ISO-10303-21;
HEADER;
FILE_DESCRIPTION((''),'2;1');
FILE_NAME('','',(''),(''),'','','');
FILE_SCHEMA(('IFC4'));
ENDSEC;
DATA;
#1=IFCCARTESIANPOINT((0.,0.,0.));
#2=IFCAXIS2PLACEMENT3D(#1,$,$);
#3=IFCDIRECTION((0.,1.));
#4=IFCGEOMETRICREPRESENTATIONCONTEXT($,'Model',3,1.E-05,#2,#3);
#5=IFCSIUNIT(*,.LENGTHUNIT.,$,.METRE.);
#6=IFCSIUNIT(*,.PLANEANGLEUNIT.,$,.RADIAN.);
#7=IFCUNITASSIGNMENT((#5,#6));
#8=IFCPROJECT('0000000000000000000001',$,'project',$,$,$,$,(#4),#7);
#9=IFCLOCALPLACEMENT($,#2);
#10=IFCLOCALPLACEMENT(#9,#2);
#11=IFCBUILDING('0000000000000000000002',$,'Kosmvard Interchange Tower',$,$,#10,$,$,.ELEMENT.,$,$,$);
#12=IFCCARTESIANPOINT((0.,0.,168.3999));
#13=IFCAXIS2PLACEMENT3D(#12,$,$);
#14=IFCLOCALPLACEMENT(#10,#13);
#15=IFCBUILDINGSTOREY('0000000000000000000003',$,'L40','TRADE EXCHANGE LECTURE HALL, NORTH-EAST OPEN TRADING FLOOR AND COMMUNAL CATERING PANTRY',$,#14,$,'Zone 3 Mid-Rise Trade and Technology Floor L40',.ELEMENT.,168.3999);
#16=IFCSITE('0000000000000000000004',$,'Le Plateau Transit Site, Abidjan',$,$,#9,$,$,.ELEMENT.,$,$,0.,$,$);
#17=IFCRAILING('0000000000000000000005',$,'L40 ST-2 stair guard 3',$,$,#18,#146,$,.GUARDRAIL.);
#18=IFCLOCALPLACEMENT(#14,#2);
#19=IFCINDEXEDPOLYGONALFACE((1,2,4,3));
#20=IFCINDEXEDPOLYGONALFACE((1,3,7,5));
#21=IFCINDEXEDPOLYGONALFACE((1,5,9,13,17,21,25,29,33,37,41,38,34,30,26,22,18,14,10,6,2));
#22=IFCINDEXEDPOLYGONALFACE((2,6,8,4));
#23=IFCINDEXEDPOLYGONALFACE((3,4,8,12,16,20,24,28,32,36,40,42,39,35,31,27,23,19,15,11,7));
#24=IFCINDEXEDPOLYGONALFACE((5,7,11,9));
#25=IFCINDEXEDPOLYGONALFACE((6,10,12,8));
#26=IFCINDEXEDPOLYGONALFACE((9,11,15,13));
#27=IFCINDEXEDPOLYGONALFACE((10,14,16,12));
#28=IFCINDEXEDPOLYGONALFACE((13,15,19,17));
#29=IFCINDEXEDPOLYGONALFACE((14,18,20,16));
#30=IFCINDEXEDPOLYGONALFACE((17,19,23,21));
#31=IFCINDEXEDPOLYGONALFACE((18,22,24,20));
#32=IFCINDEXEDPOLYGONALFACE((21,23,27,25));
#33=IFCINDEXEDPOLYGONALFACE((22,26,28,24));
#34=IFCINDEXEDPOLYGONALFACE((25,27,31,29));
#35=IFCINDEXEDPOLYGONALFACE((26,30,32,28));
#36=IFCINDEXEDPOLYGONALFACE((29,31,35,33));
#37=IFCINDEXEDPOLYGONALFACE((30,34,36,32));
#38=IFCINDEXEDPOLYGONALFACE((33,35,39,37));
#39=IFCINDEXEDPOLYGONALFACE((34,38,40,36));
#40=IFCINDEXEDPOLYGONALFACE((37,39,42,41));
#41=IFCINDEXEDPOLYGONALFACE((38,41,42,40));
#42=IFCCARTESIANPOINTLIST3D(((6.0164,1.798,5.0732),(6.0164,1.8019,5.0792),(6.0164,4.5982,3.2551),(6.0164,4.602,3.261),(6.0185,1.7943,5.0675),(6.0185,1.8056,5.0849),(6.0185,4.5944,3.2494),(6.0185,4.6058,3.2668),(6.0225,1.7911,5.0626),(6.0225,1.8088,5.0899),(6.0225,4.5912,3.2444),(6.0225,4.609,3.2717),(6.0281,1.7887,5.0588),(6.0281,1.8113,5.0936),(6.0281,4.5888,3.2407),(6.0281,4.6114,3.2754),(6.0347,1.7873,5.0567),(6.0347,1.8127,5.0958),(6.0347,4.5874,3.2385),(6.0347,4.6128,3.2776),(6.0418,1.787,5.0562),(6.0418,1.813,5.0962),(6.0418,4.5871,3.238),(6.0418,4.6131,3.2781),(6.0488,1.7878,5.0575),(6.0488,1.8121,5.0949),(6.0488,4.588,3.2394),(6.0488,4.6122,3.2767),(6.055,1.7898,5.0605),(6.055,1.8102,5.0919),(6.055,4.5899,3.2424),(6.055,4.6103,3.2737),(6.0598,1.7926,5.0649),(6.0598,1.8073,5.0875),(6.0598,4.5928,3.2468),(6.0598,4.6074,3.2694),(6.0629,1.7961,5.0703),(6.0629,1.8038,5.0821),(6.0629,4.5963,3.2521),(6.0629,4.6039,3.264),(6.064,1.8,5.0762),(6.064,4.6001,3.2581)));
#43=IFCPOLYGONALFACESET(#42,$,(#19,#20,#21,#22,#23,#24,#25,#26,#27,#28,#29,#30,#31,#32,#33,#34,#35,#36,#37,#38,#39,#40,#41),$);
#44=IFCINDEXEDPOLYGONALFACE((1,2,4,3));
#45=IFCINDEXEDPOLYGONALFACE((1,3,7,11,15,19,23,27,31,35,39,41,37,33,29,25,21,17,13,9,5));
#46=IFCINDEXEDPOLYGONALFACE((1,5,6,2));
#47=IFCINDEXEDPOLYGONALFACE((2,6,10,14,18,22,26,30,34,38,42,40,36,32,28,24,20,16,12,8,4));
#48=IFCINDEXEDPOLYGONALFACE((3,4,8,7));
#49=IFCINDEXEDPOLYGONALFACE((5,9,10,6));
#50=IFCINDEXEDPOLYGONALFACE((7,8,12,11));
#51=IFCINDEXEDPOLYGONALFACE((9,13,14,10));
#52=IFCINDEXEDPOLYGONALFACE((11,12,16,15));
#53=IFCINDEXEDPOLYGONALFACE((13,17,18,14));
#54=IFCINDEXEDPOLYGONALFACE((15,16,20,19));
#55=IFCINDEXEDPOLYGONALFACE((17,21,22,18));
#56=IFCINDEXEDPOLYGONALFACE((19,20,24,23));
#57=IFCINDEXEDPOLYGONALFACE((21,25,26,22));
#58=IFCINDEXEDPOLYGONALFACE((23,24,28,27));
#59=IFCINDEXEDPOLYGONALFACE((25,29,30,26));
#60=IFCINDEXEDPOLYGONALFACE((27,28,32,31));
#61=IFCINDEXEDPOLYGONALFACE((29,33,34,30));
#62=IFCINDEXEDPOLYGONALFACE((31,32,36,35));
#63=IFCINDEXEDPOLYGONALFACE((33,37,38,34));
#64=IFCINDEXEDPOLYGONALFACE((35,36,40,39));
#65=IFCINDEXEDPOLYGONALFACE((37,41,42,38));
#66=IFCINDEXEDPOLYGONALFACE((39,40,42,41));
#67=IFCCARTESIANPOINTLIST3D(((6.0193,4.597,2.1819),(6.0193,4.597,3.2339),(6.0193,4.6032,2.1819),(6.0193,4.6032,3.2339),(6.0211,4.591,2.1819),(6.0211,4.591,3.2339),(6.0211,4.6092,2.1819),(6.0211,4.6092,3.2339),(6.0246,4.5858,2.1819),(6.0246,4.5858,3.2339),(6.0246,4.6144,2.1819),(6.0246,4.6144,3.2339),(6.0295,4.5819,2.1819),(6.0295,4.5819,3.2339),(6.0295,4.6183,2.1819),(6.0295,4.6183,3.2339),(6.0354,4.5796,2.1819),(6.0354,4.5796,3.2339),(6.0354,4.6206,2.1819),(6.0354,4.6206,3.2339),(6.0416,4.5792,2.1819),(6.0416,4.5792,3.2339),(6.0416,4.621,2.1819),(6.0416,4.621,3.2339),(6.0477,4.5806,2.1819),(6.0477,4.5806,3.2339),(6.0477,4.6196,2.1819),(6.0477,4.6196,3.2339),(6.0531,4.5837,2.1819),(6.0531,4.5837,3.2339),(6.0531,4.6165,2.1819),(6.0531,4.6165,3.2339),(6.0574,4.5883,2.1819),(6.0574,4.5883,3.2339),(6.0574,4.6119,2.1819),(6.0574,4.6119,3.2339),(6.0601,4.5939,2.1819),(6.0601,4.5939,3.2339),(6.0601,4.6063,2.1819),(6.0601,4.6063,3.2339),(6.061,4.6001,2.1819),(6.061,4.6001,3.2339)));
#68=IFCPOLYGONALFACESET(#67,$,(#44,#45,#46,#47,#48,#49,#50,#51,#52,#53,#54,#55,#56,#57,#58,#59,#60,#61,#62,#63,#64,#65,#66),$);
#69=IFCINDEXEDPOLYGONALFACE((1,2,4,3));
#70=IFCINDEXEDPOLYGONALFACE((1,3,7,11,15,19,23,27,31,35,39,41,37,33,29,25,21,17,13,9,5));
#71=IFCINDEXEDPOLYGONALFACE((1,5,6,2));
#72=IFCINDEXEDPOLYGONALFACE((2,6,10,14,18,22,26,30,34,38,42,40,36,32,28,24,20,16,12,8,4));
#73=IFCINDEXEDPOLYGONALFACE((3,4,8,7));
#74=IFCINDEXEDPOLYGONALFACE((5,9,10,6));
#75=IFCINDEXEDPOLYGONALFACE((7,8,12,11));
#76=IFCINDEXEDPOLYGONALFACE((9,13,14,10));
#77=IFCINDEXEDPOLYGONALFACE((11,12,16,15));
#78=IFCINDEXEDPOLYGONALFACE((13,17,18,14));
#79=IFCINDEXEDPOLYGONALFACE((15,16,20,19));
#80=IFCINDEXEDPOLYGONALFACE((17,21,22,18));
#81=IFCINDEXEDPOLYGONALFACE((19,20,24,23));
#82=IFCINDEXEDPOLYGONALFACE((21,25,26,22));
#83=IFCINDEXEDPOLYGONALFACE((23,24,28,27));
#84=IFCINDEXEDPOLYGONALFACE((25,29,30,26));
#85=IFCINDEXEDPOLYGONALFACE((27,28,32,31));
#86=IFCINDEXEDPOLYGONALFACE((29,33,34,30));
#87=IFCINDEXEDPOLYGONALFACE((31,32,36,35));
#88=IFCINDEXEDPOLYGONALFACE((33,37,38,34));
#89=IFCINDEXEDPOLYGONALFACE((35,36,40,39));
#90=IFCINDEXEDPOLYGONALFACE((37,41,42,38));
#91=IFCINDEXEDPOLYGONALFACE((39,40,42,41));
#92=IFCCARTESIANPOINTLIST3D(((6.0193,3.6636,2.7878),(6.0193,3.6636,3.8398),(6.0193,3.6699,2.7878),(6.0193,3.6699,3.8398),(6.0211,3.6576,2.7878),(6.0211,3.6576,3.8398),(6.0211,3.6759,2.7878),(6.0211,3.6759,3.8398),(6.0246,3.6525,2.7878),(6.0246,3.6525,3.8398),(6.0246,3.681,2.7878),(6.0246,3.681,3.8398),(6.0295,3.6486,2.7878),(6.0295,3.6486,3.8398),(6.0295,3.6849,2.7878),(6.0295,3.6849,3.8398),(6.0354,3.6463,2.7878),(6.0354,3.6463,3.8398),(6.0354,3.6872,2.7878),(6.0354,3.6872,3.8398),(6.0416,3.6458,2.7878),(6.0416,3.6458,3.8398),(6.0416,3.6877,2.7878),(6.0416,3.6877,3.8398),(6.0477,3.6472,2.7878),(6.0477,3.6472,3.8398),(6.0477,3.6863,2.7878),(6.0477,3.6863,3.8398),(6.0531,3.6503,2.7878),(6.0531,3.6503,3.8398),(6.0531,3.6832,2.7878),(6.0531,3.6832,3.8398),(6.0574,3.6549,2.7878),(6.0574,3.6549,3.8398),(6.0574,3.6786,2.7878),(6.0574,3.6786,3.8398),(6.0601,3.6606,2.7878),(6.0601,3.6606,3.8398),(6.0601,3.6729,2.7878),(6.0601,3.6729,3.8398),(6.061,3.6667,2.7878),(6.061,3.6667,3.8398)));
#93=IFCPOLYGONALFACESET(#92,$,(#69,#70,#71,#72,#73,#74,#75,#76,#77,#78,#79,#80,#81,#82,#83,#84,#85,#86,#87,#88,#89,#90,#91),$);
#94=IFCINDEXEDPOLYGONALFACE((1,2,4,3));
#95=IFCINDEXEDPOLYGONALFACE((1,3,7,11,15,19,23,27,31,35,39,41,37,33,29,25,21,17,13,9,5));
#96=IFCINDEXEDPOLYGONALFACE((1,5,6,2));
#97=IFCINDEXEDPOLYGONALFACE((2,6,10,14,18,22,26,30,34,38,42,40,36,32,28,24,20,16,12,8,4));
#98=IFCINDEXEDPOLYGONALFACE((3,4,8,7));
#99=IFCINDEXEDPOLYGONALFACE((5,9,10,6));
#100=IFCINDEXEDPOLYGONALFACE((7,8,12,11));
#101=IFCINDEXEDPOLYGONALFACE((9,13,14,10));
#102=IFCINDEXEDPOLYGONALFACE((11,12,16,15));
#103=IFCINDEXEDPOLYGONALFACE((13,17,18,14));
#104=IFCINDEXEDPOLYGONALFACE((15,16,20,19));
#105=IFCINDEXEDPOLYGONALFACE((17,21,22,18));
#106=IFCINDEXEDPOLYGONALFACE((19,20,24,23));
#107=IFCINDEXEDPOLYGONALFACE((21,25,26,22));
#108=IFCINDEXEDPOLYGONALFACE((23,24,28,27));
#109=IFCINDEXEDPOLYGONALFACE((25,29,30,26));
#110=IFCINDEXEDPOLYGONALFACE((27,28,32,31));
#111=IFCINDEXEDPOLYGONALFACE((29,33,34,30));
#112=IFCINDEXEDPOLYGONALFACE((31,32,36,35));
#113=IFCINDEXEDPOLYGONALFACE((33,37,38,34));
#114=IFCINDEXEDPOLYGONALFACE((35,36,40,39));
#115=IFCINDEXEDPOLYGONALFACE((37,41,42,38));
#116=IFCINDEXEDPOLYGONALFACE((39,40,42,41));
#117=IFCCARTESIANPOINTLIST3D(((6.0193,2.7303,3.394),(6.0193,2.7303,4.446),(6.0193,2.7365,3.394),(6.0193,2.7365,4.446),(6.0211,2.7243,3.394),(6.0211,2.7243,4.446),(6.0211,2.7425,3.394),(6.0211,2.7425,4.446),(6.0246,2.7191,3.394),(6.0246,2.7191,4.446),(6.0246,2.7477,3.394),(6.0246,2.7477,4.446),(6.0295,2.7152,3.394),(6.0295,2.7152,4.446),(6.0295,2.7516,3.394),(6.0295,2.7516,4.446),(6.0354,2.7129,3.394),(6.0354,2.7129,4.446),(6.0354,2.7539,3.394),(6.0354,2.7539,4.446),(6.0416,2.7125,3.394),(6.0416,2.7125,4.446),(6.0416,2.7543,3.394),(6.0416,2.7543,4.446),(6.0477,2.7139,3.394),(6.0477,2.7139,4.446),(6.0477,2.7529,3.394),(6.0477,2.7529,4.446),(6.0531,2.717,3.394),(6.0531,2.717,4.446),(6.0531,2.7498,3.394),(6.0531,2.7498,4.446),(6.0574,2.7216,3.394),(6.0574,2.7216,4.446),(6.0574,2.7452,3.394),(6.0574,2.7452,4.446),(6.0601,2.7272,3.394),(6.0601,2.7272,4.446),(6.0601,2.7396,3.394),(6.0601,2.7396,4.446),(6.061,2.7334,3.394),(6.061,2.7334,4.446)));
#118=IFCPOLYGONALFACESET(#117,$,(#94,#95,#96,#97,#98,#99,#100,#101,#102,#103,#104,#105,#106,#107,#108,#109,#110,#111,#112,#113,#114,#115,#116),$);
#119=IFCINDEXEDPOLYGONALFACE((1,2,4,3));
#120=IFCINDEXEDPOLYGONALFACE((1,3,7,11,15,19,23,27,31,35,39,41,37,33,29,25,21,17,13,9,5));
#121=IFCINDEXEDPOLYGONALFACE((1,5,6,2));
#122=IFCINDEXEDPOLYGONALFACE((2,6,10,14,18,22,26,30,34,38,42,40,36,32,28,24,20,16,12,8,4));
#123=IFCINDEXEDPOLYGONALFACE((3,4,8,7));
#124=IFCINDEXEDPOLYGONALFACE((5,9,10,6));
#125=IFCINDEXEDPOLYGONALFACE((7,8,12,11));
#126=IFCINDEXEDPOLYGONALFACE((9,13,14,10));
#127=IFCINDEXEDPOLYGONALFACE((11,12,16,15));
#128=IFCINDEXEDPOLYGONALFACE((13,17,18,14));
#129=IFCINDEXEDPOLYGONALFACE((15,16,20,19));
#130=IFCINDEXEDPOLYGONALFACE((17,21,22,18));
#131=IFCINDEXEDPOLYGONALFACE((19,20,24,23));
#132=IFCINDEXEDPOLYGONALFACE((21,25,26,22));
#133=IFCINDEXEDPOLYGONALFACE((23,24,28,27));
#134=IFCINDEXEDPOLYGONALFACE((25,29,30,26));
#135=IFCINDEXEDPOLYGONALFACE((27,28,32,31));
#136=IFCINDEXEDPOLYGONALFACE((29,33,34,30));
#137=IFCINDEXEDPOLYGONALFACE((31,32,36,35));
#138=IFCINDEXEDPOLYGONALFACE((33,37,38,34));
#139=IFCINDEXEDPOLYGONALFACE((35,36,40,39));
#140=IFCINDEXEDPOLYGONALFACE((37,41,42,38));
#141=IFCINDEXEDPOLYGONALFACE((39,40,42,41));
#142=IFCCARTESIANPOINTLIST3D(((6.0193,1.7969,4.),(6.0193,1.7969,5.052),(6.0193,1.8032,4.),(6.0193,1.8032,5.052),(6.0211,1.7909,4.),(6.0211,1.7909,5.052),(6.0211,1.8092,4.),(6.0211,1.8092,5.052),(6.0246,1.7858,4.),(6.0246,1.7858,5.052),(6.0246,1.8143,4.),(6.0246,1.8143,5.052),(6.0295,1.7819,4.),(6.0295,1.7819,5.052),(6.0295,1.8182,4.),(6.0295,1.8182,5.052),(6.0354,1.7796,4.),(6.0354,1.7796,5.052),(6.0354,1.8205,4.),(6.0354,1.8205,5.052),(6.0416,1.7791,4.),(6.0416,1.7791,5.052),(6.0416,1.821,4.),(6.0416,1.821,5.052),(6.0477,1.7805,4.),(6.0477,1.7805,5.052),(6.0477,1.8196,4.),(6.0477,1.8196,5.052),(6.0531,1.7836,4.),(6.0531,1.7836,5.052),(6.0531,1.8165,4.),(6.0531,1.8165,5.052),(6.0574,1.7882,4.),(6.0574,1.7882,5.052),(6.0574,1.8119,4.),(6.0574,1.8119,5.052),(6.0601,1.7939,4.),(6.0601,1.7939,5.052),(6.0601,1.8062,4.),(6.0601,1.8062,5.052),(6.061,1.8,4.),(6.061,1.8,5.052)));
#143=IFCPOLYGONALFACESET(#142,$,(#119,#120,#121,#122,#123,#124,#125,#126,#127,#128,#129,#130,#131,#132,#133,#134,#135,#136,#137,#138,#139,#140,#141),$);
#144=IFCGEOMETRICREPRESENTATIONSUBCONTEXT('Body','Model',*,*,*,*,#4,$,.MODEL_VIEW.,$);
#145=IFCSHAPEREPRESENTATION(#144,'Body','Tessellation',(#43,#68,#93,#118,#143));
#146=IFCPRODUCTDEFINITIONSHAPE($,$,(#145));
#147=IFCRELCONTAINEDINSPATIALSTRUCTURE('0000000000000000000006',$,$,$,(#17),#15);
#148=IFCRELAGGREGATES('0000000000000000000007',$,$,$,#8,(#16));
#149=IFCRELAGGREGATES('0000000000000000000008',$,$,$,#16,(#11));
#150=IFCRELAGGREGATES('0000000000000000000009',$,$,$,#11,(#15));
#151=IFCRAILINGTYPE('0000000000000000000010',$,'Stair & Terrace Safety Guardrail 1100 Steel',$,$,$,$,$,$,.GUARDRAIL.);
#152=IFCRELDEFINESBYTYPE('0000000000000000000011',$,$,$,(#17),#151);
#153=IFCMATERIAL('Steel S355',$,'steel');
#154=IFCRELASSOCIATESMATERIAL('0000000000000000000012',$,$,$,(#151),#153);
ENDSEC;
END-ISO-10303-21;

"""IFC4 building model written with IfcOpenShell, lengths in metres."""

from ifc_helpers import new_model, si_unit, direction, frame, origin, origin_2d, place, context, subcontext, project, spatial, circle, extrude, source, transform, mapped, material, type_object, element, save


model = new_model("IFC4")

# Units and contexts
model_context = context("Model", 3, precision=1e-05, world=origin(), true_north=direction((0.0, 1.0)))
body_context = subcontext(model_context, "Body", "Model", "MODEL_VIEW")
ifc_project = project(units=[si_unit("LENGTHUNIT", "METRE"), si_unit("PLANEANGLEUNIT", "RADIAN")], contexts=[model_context])

# Site, building, storey
site_placement = place(None, origin())
site = spatial("IfcSite", under=ifc_project, at=site_placement, Name="Le Plateau Transit Site, Abidjan", CompositionType="ELEMENT", RefElevation=0.0)
building_placement = place(site_placement, origin())
building = spatial("IfcBuilding", under=site, at=building_placement, Name="Kosmvard Interchange Tower", CompositionType="ELEMENT")
storey_placement = place(building_placement, frame((0.0, 0.0, 168.3999)))
storey = spatial("IfcBuildingStorey", under=building, at=storey_placement, Name="L40", Description="TRADE EXCHANGE LECTURE HALL, NORTH-EAST OPEN TRADING FLOOR AND COMMUNAL CATERING PANTRY", LongName="Zone 3 Mid-Rise Trade and Technology Floor L40", CompositionType="ELEMENT", Elevation=168.3999)

# Shared definitions
ifc_material_1 = material(Name="Steel S355", Category="steel")

# Railing
railing_type_1 = type_object("IfcRailingType", Name="Stair & Terrace Safety Guardrail 1100 Steel", PredefinedType="GUARDRAIL", material=ifc_material_1)
shared_shape_1 = source(origin(), body_context, "Body", "SweptSolid", [
    extrude(circle(Radius=0.0239, at=origin_2d()), frame((0.0, 0.0, 1.0762), z_axis=(0.0, -0.838706, 0.544585), x_axis=(1.0, 0.0, 0.0)), (0.0, 0.0, 1.0), 3.3386),
    extrude(circle(Radius=0.021, at=origin_2d()), origin(), (0.0, 0.0, 1.0), 1.052),
    extrude(circle(Radius=0.021, at=origin_2d()), frame((0.0, -0.9333, 0.606)), (0.0, 0.0, 1.0), 1.052),
    extrude(circle(Radius=0.021, at=origin_2d()), frame((0.0, -1.8667, 1.2122)), (0.0, 0.0, 1.0), 1.052),
    extrude(circle(Radius=0.021, at=origin_2d()), frame((0.0, -2.8, 1.8181)), (0.0, 0.0, 1.0), 1.052),
])
railing_1_placement = place(storey_placement, frame((6.04, 4.6001, 2.1819)))
element("IfcRailing", 1, at=railing_1_placement, inside=storey, type_object=railing_type_1, Name="L40 ST-2 stair guard 3", PredefinedType="GUARDRAIL", context=body_context, shape_type="MappedRepresentation", body=[
    mapped(shared_shape_1, transform((0.0, 0.0, 0.0), scale=1.0)),
])

save(model, "model.ifc")
